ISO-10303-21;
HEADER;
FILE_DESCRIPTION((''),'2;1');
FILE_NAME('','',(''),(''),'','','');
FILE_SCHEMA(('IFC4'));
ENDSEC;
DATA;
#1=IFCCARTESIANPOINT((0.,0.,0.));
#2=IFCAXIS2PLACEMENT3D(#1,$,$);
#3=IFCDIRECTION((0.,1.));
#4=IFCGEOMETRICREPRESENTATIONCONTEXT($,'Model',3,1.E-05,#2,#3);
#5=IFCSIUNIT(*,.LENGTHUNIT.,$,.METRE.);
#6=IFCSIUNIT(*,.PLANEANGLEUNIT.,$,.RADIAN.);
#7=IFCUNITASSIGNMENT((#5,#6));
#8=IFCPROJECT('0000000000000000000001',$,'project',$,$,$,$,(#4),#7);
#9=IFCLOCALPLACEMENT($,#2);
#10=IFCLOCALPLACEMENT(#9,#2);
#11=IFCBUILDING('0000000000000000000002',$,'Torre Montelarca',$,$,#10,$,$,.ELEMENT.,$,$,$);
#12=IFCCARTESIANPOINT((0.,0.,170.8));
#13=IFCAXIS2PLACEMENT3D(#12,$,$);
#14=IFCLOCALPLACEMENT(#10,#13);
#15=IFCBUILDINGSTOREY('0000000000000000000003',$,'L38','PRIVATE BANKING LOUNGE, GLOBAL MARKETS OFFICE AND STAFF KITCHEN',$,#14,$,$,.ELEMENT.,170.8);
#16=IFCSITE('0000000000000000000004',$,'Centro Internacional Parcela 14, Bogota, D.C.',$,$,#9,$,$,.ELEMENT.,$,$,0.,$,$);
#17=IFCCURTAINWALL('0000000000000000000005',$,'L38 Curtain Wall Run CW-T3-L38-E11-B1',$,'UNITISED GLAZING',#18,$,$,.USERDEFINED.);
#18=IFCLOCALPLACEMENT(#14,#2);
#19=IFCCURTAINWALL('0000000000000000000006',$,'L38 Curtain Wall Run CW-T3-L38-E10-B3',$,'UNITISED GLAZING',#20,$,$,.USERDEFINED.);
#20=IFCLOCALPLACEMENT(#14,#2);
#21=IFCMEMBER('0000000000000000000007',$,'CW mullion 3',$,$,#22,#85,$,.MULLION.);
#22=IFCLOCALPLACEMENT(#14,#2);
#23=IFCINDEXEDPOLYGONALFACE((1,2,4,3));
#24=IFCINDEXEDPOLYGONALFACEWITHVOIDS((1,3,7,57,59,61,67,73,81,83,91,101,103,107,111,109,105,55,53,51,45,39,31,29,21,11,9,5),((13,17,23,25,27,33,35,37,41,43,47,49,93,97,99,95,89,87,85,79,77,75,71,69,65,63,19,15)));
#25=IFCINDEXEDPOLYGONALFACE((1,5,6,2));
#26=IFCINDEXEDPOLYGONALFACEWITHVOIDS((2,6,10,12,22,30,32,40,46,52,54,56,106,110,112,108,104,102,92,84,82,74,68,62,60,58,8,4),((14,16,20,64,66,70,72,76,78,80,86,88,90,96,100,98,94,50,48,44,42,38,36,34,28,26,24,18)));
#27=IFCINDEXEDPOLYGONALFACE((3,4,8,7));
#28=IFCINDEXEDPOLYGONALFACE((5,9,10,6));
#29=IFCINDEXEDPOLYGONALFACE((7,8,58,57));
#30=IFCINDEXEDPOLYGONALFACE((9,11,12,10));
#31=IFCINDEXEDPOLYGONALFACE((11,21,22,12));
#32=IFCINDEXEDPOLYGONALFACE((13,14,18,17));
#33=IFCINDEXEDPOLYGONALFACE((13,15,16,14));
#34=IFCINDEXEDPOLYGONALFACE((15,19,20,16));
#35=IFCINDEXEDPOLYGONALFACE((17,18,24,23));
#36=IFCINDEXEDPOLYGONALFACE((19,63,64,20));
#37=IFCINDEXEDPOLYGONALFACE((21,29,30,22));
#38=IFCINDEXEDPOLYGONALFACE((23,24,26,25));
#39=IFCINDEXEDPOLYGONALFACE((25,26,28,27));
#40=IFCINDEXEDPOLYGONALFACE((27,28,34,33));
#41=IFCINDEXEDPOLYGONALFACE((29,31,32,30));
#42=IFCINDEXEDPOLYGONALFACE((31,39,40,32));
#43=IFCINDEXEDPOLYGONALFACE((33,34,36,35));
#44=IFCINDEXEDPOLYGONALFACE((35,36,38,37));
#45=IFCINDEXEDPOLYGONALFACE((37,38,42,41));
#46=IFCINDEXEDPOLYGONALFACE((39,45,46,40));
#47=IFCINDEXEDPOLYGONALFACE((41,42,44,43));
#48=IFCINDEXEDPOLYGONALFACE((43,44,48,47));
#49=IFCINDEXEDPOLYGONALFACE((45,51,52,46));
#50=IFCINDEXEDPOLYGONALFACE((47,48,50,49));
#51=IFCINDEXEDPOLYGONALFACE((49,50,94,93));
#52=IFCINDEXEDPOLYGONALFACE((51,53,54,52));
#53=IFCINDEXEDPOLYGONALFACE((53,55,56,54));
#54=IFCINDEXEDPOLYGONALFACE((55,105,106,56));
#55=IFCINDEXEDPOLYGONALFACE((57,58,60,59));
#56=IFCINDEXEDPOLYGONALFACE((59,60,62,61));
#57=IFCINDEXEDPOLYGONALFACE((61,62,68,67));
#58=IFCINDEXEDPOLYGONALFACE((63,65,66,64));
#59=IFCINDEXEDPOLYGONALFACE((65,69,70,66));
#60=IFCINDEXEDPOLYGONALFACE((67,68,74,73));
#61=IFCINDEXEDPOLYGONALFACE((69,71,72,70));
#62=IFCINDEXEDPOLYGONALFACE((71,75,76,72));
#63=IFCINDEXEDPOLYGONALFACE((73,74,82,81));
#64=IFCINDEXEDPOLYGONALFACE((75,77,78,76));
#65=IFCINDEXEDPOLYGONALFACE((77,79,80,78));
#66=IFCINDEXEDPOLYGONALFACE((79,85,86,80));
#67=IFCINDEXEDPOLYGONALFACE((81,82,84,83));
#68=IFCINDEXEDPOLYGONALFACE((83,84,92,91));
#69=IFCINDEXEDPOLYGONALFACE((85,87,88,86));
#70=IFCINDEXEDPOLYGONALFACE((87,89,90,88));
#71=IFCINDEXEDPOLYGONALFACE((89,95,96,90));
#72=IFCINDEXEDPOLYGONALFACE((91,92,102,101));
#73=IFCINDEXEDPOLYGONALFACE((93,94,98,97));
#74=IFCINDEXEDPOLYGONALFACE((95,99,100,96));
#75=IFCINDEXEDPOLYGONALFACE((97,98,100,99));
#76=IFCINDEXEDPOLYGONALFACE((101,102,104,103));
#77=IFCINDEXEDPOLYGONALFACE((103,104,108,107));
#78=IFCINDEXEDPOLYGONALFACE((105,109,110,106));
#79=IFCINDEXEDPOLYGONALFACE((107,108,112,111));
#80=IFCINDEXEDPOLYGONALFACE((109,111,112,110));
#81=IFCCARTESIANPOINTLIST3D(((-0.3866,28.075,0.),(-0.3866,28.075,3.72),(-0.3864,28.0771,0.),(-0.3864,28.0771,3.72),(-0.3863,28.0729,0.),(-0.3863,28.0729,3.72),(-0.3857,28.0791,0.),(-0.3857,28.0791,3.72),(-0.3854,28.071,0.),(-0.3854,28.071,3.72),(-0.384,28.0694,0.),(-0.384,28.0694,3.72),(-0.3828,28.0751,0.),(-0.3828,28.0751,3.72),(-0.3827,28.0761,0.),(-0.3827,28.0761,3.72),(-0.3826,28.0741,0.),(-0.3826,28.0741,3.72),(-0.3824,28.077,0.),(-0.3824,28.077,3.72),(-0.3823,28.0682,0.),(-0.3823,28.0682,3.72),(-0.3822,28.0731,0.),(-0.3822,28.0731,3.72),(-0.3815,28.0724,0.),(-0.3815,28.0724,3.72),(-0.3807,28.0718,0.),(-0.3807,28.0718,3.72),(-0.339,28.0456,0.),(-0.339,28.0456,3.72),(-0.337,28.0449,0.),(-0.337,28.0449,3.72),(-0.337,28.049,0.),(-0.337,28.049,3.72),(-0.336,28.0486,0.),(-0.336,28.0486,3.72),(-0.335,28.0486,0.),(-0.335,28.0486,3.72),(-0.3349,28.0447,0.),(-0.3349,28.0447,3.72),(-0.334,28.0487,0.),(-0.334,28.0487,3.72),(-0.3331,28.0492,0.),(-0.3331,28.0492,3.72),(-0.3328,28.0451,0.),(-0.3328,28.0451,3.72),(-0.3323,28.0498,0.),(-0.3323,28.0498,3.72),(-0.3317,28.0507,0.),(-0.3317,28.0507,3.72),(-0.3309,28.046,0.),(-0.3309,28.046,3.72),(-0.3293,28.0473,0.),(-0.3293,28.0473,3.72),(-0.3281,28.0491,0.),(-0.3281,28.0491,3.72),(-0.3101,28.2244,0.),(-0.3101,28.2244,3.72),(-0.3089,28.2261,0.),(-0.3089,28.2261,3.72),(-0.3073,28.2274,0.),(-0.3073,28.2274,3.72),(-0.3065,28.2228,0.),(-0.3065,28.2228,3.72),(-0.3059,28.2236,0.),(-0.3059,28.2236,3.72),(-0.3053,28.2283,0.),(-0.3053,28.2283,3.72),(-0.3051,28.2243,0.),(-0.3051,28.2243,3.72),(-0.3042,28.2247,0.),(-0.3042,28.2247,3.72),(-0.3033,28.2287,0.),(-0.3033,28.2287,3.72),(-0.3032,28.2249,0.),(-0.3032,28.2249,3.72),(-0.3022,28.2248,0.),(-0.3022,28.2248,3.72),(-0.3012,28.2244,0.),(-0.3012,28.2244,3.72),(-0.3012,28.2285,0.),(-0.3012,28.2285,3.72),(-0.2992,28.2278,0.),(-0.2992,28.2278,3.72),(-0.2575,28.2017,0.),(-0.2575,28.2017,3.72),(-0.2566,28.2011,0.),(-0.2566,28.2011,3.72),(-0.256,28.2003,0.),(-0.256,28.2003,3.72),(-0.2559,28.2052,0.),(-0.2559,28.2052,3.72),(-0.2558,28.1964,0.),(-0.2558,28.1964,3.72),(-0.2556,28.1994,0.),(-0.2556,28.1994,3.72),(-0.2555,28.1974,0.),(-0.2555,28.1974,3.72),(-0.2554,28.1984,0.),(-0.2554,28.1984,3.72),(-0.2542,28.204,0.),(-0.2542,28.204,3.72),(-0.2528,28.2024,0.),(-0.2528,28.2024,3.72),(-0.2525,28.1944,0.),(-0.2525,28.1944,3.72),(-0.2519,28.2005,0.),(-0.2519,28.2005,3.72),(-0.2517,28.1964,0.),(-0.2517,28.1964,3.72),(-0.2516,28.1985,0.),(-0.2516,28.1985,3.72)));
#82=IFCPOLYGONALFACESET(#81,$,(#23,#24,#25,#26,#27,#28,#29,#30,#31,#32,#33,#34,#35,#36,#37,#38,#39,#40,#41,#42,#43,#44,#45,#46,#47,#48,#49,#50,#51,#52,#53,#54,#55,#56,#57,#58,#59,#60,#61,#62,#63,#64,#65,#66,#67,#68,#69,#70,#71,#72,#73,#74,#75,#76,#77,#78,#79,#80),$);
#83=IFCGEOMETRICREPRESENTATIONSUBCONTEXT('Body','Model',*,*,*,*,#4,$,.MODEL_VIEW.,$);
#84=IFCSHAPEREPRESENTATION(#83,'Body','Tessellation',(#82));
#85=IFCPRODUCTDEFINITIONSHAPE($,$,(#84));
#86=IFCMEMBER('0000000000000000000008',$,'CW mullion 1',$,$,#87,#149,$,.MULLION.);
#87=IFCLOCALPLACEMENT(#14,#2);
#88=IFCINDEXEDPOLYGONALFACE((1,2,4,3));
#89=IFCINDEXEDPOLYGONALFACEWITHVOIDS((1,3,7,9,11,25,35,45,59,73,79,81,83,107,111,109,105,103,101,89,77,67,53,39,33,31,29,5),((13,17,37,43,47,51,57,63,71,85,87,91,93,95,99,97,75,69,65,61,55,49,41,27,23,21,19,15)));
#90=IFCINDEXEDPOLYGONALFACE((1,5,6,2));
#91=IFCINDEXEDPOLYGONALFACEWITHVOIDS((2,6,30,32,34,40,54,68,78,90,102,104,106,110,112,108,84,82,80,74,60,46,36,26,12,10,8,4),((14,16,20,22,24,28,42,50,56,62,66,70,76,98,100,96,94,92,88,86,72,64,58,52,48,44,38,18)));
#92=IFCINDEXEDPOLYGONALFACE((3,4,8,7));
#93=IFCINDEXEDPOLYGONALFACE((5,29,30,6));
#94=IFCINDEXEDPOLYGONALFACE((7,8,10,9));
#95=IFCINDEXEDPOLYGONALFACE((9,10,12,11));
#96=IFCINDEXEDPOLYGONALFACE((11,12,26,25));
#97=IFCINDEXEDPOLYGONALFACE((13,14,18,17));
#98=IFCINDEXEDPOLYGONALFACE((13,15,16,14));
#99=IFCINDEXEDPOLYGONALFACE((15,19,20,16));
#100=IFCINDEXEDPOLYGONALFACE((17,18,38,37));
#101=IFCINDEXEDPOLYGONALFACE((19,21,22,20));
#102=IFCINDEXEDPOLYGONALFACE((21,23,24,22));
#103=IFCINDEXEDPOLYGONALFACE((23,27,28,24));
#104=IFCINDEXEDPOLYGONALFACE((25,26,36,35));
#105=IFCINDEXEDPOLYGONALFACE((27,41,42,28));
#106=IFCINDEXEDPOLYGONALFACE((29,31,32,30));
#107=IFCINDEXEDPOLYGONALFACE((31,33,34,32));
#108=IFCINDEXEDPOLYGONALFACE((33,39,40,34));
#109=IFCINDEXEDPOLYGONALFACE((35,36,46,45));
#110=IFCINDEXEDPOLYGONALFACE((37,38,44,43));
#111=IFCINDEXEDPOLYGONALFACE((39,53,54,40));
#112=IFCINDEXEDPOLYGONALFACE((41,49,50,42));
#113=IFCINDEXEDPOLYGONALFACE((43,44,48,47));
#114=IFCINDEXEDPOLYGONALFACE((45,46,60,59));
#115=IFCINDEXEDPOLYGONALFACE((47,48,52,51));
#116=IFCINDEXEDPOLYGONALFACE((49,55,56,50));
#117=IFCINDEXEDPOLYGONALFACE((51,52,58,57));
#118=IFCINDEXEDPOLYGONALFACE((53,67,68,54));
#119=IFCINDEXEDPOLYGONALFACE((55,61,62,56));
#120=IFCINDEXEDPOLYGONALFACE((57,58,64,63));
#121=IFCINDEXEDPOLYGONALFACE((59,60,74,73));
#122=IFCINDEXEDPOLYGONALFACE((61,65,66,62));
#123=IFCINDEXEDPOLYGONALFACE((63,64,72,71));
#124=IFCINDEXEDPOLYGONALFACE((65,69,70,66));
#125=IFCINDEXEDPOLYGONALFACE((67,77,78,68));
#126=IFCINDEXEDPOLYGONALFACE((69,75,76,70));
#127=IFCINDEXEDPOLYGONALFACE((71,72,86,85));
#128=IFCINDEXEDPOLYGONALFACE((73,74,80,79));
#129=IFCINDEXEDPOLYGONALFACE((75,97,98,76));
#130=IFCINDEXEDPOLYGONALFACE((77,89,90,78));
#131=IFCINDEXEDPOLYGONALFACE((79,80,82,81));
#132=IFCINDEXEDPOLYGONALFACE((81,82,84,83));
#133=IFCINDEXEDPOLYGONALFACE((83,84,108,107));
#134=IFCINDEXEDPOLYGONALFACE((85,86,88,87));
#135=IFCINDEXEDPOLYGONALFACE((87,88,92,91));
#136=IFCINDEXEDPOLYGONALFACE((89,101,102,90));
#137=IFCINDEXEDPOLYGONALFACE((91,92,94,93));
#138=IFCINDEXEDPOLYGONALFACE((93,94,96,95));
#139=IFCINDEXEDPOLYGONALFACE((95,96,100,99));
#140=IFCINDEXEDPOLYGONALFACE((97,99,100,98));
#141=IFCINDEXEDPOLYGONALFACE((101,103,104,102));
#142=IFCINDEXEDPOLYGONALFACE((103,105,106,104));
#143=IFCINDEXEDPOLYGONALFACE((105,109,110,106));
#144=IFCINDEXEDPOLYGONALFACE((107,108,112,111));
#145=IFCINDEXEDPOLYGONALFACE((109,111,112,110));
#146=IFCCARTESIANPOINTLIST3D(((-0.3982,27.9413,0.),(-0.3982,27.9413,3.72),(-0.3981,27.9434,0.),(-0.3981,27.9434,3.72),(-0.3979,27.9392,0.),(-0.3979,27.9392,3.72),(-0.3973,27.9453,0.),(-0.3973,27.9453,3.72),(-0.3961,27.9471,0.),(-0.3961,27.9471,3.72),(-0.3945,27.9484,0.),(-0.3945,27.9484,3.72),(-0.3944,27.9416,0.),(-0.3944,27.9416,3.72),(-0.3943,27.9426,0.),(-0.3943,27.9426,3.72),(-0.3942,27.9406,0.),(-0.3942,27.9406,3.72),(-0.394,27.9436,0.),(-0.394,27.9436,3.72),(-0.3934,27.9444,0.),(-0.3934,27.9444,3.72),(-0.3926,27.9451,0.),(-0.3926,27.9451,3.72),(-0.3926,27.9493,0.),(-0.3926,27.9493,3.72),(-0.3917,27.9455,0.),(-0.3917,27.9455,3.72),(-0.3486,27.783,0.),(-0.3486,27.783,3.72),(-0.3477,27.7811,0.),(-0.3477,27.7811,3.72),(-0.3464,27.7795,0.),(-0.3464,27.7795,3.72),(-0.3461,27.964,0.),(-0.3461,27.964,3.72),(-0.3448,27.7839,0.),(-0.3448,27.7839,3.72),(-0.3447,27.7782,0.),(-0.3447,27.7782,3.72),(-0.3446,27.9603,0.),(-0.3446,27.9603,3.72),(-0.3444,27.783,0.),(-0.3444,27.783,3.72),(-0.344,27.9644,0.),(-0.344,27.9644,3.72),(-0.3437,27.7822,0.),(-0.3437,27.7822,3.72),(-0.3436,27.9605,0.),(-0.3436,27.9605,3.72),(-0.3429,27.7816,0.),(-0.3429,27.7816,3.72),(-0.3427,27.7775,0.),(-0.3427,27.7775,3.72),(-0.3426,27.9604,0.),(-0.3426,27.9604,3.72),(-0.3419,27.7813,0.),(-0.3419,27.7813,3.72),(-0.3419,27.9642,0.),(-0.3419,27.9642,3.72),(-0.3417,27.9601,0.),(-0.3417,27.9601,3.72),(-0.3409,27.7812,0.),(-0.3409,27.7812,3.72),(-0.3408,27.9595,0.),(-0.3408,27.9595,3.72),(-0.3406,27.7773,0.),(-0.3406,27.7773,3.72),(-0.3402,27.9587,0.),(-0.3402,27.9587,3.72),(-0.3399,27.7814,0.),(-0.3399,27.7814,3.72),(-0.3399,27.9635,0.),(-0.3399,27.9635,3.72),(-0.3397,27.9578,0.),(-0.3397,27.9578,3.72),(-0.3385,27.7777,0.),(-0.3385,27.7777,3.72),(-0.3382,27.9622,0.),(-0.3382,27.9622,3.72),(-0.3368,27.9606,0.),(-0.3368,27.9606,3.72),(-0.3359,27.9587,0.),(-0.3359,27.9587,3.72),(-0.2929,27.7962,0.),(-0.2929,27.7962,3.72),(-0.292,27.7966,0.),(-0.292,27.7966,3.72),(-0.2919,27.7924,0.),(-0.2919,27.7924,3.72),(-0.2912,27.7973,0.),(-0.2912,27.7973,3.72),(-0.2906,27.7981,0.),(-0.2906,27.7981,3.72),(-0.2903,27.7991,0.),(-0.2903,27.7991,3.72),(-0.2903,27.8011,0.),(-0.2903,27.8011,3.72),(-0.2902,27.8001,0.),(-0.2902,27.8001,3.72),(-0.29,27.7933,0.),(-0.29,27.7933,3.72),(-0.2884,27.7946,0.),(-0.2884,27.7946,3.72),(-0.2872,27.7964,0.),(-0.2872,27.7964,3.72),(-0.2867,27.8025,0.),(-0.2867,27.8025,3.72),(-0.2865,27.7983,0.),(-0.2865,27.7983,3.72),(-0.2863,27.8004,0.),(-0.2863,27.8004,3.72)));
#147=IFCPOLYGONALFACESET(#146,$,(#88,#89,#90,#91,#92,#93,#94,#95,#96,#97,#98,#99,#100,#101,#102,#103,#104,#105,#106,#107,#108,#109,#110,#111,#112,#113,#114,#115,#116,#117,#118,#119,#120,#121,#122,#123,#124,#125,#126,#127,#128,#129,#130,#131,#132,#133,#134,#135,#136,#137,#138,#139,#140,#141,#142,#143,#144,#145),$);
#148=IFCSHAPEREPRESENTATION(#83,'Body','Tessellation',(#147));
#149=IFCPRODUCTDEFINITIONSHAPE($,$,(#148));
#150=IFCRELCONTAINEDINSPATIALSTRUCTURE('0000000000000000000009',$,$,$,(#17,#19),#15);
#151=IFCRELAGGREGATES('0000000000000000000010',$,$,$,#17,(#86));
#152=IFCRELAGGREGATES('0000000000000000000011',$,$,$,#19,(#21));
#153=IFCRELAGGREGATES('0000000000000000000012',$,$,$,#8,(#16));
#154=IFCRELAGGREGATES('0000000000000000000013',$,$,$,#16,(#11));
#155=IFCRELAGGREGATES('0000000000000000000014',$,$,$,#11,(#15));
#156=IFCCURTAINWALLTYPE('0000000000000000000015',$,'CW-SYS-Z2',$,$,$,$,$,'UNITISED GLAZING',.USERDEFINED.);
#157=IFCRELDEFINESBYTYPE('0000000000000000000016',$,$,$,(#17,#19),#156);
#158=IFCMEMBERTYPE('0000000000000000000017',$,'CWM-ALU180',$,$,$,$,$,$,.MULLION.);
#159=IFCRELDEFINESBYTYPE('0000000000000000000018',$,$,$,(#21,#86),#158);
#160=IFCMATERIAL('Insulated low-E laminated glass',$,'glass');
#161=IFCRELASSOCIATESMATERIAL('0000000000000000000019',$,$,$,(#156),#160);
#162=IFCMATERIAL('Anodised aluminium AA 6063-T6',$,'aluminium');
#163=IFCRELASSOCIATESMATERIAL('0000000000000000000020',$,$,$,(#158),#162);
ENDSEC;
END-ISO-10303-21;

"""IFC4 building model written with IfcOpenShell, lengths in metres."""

from ifc_helpers import new_model, si_unit, direction, frame, origin, origin_2d, place, context, subcontext, project, spatial, hollow_rectangle, extrude, source, transform, mapped, material, material_profile, profile_set, type_object, element, aggregate, save


model = new_model("IFC4")

# Units and contexts
model_context = context("Model", 3, precision=1e-05, world=origin(), true_north=direction((0.0, 1.0)))
body_context = subcontext(model_context, "Body", "Model", "MODEL_VIEW")
ifc_project = project(units=[si_unit("LENGTHUNIT", "METRE"), si_unit("PLANEANGLEUNIT", "RADIAN")], contexts=[model_context])

# Site, building, storey
site_placement = place(None, origin())
site = spatial("IfcSite", under=ifc_project, at=site_placement, Name="Centro Internacional Parcela 14, Bogota, D.C.", CompositionType="ELEMENT", RefElevation=0.0)
building_placement = place(site_placement, origin())
building = spatial("IfcBuilding", under=site, at=building_placement, Name="Torre Montelarca", CompositionType="ELEMENT")
storey_placement = place(building_placement, frame((0.0, 0.0, 170.8)))
storey = spatial("IfcBuildingStorey", under=building, at=storey_placement, Name="L38", Description="PRIVATE BANKING LOUNGE, GLOBAL MARKETS OFFICE AND STAFF KITCHEN", CompositionType="ELEMENT", Elevation=170.8)

# Curtain wall
ifc_material_1 = material(Name="Insulated low-E laminated glass", Category="glass")
curtain_wall_type = type_object("IfcCurtainWallType", Name="CW-SYS-Z2", ElementType="UNITISED GLAZING", PredefinedType="USERDEFINED", material=ifc_material_1)
curtain_wall_1_placement = place(storey_placement, origin())
curtain_wall_1 = element("IfcCurtainWall", 1, at=curtain_wall_1_placement, inside=storey, type_object=curtain_wall_type, Name="L38 Curtain Wall Run CW-T3-L38-E11-B1", ObjectType="UNITISED GLAZING", PredefinedType="USERDEFINED")
ifc_material_2 = material(Name="Anodised aluminium AA 6063-T6", Category="aluminium")

# Curtain wall, member
curtain_wall_2_placement = place(storey_placement, origin())
curtain_wall_2 = element("IfcCurtainWall", 2, at=curtain_wall_2_placement, inside=storey, type_object=curtain_wall_type, Name="L38 Curtain Wall Run CW-T3-L38-E10-B3", ObjectType="UNITISED GLAZING", PredefinedType="USERDEFINED")
ifc_material_profile_1 = material_profile(ifc_material_2, hollow_rectangle(XDim=0.0649, YDim=0.1799, WallThickness=0.0039, InnerFilletRadius=0.0039, OuterFilletRadius=0.0081, at=origin_2d()), Name="ALU65X180X4", Category="aluminium")
ifc_profile_set_1 = profile_set([ifc_material_profile_1], Name="Anodised aluminium AA 6063-T6")
member_type_1 = type_object("IfcMemberType", Name="CWM-ALU180", PredefinedType="MULLION", material=ifc_profile_set_1)
shared_shape_1 = source(origin(), body_context, "Body", "SweptSolid", [
    extrude(hollow_rectangle(XDim=0.0649, YDim=0.1799, WallThickness=0.0039, InnerFilletRadius=0.0039, OuterFilletRadius=0.0081, at=origin_2d()), origin(), (0.0, 0.0, 1.0), 3.72),
])
member_1_placement = place(storey_placement, frame((-0.3191, 28.1367, 0.0), z_axis=(0.0, 0.0, 1.0), x_axis=(0.887017, -0.461737, 0.0)))
member_1 = element("IfcMember", 3, at=member_1_placement, type_object=member_type_1, Name="CW mullion 3", PredefinedType="MULLION", context=body_context, shape_type="MappedRepresentation", body=[
    mapped(shared_shape_1, transform((0.0, 0.0, 0.0), scale=1.0)),
])

# Member
member_2_placement = place(storey_placement, frame((-0.3423, 27.8708, 0.0), z_axis=(0.0, 0.0, 1.0), x_axis=(0.953724, 0.300684, 0.0)))
member_2 = element("IfcMember", 4, at=member_2_placement, type_object=member_type_1, Name="CW mullion 1", PredefinedType="MULLION", context=body_context, shape_type="MappedRepresentation", body=[
    mapped(shared_shape_1, transform((0.0, 0.0, 0.0), scale=1.0)),
])

aggregate(curtain_wall_1, [member_2])
aggregate(curtain_wall_2, [member_1])

save(model, "model.ifc")
